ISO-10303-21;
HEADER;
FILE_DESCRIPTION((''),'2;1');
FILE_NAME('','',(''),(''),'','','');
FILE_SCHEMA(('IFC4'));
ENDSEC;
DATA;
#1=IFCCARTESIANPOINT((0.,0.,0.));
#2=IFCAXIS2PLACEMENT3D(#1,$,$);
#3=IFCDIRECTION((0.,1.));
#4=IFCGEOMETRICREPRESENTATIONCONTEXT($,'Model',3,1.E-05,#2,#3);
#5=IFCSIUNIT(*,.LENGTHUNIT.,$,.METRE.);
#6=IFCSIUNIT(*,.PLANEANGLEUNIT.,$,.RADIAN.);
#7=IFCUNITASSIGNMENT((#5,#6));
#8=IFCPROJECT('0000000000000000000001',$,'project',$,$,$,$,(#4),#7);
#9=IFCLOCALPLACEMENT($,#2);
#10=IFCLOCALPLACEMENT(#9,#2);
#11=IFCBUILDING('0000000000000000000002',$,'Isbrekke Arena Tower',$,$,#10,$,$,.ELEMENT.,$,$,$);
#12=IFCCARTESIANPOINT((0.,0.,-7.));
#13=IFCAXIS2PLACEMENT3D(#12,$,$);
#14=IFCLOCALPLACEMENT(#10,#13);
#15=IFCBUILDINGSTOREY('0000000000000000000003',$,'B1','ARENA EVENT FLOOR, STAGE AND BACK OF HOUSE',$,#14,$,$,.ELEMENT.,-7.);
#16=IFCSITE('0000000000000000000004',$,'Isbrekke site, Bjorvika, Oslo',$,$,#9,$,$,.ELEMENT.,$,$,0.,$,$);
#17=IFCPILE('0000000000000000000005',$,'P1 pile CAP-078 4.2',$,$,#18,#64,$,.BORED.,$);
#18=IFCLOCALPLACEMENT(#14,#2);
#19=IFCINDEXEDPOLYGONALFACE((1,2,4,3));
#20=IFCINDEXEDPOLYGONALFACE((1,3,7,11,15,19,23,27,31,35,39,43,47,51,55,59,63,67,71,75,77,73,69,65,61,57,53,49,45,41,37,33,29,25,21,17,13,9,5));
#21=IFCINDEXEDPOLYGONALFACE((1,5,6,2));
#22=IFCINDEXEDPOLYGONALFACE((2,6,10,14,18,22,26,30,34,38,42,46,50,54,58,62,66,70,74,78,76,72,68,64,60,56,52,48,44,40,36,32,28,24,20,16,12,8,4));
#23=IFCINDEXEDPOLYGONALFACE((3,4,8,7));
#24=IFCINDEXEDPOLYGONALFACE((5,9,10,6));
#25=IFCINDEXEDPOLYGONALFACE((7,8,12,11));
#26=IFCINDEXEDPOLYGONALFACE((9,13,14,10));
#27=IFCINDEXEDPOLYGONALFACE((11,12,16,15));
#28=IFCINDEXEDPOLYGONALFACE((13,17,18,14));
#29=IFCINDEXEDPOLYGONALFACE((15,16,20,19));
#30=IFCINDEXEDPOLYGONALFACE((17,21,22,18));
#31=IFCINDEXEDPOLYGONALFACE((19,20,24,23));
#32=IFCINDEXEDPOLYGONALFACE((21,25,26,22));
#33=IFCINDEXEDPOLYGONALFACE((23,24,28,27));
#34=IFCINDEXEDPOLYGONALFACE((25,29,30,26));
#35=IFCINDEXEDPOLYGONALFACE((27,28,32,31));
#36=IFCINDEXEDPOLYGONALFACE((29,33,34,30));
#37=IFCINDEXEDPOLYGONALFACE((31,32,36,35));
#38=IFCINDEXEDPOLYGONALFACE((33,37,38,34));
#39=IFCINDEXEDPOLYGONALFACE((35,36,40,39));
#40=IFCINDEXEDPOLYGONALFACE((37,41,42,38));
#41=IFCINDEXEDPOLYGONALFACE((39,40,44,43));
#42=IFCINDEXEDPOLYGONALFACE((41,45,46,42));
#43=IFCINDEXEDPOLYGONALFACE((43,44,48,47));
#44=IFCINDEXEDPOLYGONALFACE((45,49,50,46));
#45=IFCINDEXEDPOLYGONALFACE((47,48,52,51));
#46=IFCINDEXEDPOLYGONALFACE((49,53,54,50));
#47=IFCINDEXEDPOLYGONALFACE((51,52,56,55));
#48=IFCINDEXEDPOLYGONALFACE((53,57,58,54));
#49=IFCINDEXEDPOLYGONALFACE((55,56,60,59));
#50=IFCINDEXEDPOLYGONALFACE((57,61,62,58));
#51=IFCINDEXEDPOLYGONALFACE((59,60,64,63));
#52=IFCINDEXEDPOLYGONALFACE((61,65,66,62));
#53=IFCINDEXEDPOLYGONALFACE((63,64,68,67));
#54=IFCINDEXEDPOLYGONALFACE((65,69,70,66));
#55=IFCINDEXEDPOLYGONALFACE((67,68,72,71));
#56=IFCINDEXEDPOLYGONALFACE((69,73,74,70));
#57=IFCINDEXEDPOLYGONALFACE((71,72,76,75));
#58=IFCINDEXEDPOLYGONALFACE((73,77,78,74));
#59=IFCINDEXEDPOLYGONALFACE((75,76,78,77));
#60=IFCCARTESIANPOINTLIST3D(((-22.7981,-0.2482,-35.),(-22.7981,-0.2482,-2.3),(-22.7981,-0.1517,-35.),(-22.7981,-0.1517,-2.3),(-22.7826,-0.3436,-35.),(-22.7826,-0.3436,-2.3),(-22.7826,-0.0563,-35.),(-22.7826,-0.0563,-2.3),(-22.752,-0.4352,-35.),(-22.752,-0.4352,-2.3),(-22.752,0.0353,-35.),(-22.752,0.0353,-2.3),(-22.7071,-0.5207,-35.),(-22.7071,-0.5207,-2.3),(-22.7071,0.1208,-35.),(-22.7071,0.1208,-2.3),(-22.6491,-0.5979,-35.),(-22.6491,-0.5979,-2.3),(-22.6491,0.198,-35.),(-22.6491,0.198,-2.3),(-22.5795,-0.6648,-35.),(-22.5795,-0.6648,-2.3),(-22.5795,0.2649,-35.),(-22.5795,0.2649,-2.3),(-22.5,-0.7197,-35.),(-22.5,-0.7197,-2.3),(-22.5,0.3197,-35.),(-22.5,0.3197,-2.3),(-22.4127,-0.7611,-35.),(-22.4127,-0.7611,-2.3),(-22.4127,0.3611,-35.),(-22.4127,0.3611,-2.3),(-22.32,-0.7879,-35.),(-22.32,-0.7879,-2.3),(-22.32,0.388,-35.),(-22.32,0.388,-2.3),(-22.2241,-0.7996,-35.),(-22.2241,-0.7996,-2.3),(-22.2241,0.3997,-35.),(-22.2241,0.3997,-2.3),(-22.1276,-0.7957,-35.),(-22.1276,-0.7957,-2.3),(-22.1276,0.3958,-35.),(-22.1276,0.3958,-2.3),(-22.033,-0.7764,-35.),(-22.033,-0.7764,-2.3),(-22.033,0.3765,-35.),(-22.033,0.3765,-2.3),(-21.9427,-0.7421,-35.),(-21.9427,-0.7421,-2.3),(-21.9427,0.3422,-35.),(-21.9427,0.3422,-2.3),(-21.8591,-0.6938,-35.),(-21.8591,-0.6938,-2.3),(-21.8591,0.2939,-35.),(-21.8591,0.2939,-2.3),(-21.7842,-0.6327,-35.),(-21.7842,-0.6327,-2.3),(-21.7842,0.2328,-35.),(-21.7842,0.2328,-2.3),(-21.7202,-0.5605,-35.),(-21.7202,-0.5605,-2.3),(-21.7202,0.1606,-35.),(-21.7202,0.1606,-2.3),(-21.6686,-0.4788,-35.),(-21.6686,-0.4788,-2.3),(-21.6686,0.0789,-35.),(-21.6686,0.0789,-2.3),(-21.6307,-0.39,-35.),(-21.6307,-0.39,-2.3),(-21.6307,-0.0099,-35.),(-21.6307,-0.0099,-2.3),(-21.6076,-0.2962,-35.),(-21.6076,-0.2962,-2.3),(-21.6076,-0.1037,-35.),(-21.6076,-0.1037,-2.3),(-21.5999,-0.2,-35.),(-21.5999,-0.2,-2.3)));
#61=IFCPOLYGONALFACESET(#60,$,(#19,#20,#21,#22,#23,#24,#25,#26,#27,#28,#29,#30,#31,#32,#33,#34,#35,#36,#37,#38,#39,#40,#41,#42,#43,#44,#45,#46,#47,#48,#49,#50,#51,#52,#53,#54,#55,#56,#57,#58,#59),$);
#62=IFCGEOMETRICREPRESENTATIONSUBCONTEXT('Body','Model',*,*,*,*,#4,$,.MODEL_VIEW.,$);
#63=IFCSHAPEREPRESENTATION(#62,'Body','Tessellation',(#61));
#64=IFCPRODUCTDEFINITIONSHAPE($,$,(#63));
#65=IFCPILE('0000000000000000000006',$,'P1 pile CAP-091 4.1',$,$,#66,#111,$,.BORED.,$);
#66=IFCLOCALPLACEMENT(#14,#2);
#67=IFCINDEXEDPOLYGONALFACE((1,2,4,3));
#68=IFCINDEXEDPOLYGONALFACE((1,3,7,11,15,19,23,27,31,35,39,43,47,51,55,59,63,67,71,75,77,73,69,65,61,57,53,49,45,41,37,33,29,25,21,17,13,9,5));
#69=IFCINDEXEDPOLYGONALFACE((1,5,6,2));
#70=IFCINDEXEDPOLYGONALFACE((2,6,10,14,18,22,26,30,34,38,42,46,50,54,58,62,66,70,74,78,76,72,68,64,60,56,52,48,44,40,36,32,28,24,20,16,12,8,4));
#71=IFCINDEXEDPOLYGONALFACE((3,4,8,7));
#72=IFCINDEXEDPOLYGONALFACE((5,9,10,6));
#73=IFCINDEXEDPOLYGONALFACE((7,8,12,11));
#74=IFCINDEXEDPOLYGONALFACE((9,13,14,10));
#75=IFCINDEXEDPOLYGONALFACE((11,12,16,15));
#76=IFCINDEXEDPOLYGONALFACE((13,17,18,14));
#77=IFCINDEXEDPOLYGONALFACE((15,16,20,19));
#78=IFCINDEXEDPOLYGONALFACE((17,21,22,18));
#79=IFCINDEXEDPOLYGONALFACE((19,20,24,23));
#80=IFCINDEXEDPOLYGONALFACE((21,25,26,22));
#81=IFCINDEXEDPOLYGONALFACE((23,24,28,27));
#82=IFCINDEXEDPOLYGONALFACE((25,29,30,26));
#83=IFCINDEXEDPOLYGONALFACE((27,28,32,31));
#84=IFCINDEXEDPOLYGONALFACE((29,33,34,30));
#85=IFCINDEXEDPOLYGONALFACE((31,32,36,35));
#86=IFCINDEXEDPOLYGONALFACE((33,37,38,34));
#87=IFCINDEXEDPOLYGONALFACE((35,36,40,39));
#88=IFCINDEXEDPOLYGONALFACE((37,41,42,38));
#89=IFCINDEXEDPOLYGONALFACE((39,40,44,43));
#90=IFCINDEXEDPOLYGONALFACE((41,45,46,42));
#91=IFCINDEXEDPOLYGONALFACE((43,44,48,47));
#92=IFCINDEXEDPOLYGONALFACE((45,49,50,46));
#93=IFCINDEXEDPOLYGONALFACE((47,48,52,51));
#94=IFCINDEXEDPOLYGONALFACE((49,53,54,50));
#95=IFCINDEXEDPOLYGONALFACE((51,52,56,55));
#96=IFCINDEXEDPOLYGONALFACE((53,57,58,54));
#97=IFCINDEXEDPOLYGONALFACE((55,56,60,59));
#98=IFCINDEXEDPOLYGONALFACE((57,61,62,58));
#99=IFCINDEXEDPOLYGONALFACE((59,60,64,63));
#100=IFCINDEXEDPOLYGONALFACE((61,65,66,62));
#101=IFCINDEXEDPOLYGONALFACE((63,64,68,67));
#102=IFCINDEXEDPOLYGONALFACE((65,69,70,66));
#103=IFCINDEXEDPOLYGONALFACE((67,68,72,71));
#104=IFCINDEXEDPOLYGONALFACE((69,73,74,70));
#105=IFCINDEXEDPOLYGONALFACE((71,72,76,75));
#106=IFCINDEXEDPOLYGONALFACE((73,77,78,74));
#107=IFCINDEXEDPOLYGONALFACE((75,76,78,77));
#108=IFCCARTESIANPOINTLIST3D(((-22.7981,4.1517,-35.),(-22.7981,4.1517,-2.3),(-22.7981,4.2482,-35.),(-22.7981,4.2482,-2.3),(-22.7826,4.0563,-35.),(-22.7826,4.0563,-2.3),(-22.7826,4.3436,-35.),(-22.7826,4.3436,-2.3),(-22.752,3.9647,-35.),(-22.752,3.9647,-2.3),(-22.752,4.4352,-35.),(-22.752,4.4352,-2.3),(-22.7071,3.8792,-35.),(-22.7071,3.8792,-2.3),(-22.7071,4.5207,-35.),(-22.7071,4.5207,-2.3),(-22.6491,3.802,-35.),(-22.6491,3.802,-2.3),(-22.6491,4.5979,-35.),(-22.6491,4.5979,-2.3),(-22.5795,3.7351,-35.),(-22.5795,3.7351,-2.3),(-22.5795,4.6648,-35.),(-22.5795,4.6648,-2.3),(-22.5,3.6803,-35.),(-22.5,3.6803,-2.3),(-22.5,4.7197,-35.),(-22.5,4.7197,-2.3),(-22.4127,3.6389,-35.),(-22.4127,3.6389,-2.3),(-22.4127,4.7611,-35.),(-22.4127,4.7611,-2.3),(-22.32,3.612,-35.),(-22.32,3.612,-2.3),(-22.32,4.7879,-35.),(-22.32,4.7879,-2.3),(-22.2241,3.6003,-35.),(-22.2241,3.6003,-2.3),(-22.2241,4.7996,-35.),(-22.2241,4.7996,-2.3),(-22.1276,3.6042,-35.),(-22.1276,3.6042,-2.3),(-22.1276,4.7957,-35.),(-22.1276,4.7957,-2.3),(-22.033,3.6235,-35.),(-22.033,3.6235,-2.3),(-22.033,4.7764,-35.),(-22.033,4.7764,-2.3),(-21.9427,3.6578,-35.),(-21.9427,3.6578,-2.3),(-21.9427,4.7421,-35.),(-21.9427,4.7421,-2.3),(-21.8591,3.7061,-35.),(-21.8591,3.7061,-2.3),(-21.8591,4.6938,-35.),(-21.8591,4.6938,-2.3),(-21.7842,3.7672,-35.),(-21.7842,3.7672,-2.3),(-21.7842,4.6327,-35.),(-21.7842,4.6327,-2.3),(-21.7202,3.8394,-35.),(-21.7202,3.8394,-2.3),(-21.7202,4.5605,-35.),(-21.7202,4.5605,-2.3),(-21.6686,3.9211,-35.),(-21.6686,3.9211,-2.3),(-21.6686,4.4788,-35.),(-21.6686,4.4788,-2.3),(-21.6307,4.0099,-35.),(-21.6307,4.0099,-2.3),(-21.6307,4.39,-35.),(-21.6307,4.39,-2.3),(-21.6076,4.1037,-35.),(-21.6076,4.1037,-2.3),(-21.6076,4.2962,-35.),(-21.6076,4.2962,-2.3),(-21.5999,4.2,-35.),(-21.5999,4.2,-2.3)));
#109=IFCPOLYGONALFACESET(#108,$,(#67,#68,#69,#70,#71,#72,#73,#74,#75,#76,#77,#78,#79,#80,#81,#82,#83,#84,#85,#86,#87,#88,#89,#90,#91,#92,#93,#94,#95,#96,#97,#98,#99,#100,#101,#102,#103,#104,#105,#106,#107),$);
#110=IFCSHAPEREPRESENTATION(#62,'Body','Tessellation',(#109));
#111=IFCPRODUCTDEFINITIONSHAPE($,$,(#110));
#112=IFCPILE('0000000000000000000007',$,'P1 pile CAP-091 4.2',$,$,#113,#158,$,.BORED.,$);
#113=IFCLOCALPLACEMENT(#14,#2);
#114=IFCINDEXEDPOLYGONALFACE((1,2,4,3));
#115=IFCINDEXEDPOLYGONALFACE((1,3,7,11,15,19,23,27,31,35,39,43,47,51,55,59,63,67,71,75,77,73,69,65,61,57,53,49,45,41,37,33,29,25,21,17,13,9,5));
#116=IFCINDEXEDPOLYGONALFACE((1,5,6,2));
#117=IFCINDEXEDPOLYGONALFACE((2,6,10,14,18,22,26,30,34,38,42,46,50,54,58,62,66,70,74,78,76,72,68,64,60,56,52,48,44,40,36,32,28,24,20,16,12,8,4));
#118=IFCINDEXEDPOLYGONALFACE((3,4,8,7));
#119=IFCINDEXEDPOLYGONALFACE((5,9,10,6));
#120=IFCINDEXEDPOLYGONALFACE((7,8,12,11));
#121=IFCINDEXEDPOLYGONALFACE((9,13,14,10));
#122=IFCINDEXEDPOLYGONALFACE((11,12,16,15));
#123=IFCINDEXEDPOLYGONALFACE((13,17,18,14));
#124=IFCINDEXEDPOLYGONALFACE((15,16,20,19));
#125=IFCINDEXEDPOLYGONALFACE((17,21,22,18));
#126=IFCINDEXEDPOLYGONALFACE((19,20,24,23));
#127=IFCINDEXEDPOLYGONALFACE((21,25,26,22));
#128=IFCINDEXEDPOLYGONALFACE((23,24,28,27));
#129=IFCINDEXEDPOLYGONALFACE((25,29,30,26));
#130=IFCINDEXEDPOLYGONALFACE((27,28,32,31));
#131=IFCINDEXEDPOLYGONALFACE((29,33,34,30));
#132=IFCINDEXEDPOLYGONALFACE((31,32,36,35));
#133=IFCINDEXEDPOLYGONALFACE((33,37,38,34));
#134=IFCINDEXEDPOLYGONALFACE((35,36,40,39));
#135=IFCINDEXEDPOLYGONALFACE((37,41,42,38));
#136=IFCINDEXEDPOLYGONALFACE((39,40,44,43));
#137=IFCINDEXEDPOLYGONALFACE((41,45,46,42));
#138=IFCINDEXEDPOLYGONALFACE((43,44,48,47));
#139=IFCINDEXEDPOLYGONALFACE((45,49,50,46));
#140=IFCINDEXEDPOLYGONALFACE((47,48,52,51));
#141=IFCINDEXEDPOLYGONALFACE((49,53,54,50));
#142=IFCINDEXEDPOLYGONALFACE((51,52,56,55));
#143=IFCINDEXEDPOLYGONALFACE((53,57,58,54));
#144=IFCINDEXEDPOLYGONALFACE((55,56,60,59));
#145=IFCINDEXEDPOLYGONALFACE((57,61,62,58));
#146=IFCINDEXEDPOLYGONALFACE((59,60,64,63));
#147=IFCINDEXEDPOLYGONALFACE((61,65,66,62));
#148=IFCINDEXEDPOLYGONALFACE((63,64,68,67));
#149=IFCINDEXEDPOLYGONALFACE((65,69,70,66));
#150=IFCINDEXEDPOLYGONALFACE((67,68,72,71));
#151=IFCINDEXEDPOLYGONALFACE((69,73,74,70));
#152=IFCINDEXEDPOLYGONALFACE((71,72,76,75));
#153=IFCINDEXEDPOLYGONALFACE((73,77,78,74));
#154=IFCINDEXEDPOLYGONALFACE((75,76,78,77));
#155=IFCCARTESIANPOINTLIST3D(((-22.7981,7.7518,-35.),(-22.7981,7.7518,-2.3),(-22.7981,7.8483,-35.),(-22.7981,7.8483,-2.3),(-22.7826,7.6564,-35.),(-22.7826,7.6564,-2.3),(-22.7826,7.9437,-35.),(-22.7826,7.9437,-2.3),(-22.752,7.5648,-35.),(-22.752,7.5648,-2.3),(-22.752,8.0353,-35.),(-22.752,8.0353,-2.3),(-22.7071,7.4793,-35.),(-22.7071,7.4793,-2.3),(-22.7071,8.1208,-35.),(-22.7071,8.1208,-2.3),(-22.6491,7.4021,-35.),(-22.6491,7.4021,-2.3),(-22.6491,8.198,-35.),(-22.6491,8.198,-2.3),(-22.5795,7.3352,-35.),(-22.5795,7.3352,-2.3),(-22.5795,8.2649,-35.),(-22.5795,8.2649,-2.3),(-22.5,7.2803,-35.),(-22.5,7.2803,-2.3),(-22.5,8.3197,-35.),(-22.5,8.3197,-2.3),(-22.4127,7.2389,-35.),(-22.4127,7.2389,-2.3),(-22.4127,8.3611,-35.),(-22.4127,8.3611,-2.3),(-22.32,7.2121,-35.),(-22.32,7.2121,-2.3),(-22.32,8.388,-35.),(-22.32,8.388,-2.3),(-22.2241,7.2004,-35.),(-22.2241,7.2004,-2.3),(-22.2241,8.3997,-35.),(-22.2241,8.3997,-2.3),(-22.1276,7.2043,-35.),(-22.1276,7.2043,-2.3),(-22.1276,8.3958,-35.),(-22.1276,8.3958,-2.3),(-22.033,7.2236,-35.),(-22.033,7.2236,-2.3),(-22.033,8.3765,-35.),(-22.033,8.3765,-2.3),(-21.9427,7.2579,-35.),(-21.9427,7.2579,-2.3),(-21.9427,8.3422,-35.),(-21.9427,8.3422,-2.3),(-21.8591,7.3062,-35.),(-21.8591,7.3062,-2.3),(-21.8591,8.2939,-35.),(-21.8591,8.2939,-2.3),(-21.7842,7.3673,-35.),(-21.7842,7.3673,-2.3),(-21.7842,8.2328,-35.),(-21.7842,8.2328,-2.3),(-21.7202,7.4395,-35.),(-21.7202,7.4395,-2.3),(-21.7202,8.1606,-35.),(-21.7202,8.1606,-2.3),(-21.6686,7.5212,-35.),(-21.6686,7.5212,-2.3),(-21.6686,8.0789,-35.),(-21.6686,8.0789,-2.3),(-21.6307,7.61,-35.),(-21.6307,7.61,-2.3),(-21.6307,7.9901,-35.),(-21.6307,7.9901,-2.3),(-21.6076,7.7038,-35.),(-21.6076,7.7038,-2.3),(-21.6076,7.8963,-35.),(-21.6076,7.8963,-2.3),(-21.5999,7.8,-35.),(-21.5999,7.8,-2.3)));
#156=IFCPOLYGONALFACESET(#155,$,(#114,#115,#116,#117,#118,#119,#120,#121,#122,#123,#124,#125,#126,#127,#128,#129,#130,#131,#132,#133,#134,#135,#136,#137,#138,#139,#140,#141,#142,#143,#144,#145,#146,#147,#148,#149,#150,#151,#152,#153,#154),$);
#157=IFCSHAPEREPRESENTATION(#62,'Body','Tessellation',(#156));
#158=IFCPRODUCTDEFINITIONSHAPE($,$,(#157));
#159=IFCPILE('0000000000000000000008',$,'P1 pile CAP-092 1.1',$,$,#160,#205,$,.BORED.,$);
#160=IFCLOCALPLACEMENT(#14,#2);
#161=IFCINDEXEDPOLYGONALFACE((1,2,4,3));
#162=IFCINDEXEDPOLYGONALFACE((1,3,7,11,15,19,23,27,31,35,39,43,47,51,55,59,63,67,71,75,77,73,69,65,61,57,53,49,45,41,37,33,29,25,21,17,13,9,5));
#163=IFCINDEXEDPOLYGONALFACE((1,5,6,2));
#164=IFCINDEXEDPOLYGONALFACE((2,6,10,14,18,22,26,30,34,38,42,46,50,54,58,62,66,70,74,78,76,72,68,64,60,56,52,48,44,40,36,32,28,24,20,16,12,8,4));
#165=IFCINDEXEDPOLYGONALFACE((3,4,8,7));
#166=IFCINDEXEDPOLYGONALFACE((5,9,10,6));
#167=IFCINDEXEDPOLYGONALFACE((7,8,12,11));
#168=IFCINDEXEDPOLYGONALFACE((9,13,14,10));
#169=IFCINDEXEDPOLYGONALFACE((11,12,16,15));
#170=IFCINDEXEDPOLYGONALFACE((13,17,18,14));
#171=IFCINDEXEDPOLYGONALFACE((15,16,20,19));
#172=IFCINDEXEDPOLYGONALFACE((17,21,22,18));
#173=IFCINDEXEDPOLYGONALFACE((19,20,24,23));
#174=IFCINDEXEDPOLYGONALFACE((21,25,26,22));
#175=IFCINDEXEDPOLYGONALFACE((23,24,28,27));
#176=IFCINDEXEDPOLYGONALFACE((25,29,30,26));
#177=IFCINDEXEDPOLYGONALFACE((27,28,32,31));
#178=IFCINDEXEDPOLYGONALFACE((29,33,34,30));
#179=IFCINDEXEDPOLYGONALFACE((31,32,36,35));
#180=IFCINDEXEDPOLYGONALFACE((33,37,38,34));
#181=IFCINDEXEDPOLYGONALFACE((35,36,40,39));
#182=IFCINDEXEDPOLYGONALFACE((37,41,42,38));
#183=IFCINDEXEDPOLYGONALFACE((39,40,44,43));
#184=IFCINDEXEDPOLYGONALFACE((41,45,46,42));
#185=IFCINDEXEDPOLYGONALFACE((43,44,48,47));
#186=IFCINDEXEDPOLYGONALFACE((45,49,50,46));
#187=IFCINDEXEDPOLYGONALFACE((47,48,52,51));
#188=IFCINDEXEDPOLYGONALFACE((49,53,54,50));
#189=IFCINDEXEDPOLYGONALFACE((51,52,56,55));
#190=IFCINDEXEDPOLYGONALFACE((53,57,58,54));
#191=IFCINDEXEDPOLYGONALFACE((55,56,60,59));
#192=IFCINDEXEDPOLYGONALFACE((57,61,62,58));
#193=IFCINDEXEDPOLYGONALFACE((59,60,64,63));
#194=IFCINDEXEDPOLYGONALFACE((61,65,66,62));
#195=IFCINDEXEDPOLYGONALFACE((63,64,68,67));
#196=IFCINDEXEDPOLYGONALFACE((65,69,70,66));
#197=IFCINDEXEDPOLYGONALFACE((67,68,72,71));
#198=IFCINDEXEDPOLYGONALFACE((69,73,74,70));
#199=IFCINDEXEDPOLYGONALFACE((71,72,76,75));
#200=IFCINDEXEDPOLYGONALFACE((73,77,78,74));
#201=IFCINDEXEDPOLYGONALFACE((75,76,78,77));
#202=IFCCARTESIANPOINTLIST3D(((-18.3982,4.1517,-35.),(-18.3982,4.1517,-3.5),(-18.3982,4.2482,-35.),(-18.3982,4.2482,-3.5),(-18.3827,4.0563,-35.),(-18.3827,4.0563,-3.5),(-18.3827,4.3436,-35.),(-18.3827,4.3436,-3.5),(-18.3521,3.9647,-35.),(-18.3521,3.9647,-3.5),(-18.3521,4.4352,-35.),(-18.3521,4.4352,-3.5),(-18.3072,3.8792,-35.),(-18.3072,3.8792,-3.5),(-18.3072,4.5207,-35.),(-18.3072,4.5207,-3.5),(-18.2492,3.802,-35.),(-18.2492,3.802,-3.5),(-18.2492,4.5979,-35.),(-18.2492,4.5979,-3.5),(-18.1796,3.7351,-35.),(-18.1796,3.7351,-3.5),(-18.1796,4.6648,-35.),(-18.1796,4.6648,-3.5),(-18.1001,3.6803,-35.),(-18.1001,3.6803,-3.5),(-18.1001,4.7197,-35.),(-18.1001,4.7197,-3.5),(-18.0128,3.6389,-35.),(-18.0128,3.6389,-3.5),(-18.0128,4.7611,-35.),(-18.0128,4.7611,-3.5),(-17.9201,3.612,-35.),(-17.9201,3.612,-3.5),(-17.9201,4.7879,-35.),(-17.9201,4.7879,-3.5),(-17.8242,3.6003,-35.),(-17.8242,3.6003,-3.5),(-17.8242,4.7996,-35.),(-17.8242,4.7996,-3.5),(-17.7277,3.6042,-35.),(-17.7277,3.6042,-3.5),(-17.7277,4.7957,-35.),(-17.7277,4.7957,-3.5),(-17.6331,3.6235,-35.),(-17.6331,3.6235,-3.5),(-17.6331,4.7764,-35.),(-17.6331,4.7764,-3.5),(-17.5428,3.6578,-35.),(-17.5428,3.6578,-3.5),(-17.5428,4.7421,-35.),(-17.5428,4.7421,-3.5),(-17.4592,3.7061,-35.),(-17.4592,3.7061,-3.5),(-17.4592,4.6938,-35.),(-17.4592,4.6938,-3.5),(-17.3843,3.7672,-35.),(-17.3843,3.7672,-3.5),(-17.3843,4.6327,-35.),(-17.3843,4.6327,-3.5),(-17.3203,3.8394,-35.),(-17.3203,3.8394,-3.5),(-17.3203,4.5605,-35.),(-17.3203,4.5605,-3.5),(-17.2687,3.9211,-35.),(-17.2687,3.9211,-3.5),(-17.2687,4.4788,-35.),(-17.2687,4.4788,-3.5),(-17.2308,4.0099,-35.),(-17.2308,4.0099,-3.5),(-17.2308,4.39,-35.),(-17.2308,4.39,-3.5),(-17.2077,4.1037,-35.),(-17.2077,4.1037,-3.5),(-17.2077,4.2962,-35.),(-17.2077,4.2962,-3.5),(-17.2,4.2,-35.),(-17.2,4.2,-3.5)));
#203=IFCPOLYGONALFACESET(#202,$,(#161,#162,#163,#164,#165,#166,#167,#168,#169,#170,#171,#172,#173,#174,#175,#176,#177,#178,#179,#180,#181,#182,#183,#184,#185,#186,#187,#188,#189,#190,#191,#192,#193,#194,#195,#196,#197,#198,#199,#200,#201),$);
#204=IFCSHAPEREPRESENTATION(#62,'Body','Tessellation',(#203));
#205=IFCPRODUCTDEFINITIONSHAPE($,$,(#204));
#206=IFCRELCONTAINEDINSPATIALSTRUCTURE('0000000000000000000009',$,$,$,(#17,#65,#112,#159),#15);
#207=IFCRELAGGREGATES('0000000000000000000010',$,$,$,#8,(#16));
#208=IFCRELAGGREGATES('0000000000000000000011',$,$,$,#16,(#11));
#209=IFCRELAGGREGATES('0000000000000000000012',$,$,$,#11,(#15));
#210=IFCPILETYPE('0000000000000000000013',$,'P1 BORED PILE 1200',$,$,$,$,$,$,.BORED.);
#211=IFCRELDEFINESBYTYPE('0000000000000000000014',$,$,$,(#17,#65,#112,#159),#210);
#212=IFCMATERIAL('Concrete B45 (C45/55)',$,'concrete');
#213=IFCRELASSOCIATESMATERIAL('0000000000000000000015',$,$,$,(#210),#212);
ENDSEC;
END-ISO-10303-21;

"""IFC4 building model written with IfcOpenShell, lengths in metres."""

from ifc_helpers import new_model, si_unit, direction, frame, origin, origin_2d, place, context, subcontext, project, spatial, circle, extrude, material, material_profile, profile_set, type_object, element, save


model = new_model("IFC4")

# Units and contexts
model_context = context("Model", 3, precision=1e-05, world=origin(), true_north=direction((0.0, 1.0)))
body_context = subcontext(model_context, "Body", "Model", "MODEL_VIEW")
ifc_project = project(units=[si_unit("LENGTHUNIT", "METRE"), si_unit("PLANEANGLEUNIT", "RADIAN")], contexts=[model_context])

# Site, building, storey
site_placement = place(None, origin())
site = spatial("IfcSite", under=ifc_project, at=site_placement, Name="Isbrekke site, Bjorvika, Oslo", CompositionType="ELEMENT", RefElevation=0.0)
building_placement = place(site_placement, origin())
building = spatial("IfcBuilding", under=site, at=building_placement, Name="Isbrekke Arena Tower", CompositionType="ELEMENT")
storey_placement = place(building_placement, frame((0.0, 0.0, -7.0)))
storey = spatial("IfcBuildingStorey", under=building, at=storey_placement, Name="B1", Description="ARENA EVENT FLOOR, STAGE AND BACK OF HOUSE", CompositionType="ELEMENT", Elevation=-7.0)

# Piles
ifc_material_1 = material(Name="Concrete B45 (C45/55)", Category="concrete")
ifc_material_profile_1 = material_profile(ifc_material_1, circle(Radius=0.6001, at=origin_2d()), Name="BORED PILE D1200")
ifc_profile_set_1 = profile_set([ifc_material_profile_1], Name="Concrete B45 (C45/55)")
pile_type = type_object("IfcPileType", Name="P1 BORED PILE 1200", PredefinedType="BORED", material=ifc_profile_set_1)
for number, where, z_axis, x_axis, name in (
    (1, (-22.2, -0.2, -2.3), (0.0, 0.0, -1.0), (1.0, 0.0, 0.0), "P1 pile CAP-078 4.2"),
    (2, (-22.2, 4.2, -2.3), (0.0, 0.0, -1.0), (1.0, 0.0, 0.0), "P1 pile CAP-091 4.1"),
    (3, (-22.2, 7.8, -2.3), (0.0, 0.0, -1.0), (1.0, 0.0, 0.0), "P1 pile CAP-091 4.2"),
):
    element("IfcPile", number, at=place(storey_placement, frame(where, z_axis=z_axis, x_axis=x_axis)), inside=storey, type_object=pile_type, Name=name, PredefinedType="BORED", context=body_context, shape_type="SweptSolid", body=[
        extrude(circle(Radius=0.6001, at=origin_2d()), origin(), (0.0, 0.0, 1.0), 32.7),
    ])
for number, where, z_axis, x_axis, name in (
    (4, (-17.8, 4.2, -3.5), (0.0, 0.0, -1.0), (1.0, 0.0, 0.0), "P1 pile CAP-092 1.1"),
):
    element("IfcPile", number, at=place(storey_placement, frame(where, z_axis=z_axis, x_axis=x_axis)), inside=storey, type_object=pile_type, Name=name, PredefinedType="BORED", context=body_context, shape_type="SweptSolid", body=[
        extrude(circle(Radius=0.6001, at=origin_2d()), origin(), (0.0, 0.0, 1.0), 31.5),
    ])

save(model, "model.ifc")
